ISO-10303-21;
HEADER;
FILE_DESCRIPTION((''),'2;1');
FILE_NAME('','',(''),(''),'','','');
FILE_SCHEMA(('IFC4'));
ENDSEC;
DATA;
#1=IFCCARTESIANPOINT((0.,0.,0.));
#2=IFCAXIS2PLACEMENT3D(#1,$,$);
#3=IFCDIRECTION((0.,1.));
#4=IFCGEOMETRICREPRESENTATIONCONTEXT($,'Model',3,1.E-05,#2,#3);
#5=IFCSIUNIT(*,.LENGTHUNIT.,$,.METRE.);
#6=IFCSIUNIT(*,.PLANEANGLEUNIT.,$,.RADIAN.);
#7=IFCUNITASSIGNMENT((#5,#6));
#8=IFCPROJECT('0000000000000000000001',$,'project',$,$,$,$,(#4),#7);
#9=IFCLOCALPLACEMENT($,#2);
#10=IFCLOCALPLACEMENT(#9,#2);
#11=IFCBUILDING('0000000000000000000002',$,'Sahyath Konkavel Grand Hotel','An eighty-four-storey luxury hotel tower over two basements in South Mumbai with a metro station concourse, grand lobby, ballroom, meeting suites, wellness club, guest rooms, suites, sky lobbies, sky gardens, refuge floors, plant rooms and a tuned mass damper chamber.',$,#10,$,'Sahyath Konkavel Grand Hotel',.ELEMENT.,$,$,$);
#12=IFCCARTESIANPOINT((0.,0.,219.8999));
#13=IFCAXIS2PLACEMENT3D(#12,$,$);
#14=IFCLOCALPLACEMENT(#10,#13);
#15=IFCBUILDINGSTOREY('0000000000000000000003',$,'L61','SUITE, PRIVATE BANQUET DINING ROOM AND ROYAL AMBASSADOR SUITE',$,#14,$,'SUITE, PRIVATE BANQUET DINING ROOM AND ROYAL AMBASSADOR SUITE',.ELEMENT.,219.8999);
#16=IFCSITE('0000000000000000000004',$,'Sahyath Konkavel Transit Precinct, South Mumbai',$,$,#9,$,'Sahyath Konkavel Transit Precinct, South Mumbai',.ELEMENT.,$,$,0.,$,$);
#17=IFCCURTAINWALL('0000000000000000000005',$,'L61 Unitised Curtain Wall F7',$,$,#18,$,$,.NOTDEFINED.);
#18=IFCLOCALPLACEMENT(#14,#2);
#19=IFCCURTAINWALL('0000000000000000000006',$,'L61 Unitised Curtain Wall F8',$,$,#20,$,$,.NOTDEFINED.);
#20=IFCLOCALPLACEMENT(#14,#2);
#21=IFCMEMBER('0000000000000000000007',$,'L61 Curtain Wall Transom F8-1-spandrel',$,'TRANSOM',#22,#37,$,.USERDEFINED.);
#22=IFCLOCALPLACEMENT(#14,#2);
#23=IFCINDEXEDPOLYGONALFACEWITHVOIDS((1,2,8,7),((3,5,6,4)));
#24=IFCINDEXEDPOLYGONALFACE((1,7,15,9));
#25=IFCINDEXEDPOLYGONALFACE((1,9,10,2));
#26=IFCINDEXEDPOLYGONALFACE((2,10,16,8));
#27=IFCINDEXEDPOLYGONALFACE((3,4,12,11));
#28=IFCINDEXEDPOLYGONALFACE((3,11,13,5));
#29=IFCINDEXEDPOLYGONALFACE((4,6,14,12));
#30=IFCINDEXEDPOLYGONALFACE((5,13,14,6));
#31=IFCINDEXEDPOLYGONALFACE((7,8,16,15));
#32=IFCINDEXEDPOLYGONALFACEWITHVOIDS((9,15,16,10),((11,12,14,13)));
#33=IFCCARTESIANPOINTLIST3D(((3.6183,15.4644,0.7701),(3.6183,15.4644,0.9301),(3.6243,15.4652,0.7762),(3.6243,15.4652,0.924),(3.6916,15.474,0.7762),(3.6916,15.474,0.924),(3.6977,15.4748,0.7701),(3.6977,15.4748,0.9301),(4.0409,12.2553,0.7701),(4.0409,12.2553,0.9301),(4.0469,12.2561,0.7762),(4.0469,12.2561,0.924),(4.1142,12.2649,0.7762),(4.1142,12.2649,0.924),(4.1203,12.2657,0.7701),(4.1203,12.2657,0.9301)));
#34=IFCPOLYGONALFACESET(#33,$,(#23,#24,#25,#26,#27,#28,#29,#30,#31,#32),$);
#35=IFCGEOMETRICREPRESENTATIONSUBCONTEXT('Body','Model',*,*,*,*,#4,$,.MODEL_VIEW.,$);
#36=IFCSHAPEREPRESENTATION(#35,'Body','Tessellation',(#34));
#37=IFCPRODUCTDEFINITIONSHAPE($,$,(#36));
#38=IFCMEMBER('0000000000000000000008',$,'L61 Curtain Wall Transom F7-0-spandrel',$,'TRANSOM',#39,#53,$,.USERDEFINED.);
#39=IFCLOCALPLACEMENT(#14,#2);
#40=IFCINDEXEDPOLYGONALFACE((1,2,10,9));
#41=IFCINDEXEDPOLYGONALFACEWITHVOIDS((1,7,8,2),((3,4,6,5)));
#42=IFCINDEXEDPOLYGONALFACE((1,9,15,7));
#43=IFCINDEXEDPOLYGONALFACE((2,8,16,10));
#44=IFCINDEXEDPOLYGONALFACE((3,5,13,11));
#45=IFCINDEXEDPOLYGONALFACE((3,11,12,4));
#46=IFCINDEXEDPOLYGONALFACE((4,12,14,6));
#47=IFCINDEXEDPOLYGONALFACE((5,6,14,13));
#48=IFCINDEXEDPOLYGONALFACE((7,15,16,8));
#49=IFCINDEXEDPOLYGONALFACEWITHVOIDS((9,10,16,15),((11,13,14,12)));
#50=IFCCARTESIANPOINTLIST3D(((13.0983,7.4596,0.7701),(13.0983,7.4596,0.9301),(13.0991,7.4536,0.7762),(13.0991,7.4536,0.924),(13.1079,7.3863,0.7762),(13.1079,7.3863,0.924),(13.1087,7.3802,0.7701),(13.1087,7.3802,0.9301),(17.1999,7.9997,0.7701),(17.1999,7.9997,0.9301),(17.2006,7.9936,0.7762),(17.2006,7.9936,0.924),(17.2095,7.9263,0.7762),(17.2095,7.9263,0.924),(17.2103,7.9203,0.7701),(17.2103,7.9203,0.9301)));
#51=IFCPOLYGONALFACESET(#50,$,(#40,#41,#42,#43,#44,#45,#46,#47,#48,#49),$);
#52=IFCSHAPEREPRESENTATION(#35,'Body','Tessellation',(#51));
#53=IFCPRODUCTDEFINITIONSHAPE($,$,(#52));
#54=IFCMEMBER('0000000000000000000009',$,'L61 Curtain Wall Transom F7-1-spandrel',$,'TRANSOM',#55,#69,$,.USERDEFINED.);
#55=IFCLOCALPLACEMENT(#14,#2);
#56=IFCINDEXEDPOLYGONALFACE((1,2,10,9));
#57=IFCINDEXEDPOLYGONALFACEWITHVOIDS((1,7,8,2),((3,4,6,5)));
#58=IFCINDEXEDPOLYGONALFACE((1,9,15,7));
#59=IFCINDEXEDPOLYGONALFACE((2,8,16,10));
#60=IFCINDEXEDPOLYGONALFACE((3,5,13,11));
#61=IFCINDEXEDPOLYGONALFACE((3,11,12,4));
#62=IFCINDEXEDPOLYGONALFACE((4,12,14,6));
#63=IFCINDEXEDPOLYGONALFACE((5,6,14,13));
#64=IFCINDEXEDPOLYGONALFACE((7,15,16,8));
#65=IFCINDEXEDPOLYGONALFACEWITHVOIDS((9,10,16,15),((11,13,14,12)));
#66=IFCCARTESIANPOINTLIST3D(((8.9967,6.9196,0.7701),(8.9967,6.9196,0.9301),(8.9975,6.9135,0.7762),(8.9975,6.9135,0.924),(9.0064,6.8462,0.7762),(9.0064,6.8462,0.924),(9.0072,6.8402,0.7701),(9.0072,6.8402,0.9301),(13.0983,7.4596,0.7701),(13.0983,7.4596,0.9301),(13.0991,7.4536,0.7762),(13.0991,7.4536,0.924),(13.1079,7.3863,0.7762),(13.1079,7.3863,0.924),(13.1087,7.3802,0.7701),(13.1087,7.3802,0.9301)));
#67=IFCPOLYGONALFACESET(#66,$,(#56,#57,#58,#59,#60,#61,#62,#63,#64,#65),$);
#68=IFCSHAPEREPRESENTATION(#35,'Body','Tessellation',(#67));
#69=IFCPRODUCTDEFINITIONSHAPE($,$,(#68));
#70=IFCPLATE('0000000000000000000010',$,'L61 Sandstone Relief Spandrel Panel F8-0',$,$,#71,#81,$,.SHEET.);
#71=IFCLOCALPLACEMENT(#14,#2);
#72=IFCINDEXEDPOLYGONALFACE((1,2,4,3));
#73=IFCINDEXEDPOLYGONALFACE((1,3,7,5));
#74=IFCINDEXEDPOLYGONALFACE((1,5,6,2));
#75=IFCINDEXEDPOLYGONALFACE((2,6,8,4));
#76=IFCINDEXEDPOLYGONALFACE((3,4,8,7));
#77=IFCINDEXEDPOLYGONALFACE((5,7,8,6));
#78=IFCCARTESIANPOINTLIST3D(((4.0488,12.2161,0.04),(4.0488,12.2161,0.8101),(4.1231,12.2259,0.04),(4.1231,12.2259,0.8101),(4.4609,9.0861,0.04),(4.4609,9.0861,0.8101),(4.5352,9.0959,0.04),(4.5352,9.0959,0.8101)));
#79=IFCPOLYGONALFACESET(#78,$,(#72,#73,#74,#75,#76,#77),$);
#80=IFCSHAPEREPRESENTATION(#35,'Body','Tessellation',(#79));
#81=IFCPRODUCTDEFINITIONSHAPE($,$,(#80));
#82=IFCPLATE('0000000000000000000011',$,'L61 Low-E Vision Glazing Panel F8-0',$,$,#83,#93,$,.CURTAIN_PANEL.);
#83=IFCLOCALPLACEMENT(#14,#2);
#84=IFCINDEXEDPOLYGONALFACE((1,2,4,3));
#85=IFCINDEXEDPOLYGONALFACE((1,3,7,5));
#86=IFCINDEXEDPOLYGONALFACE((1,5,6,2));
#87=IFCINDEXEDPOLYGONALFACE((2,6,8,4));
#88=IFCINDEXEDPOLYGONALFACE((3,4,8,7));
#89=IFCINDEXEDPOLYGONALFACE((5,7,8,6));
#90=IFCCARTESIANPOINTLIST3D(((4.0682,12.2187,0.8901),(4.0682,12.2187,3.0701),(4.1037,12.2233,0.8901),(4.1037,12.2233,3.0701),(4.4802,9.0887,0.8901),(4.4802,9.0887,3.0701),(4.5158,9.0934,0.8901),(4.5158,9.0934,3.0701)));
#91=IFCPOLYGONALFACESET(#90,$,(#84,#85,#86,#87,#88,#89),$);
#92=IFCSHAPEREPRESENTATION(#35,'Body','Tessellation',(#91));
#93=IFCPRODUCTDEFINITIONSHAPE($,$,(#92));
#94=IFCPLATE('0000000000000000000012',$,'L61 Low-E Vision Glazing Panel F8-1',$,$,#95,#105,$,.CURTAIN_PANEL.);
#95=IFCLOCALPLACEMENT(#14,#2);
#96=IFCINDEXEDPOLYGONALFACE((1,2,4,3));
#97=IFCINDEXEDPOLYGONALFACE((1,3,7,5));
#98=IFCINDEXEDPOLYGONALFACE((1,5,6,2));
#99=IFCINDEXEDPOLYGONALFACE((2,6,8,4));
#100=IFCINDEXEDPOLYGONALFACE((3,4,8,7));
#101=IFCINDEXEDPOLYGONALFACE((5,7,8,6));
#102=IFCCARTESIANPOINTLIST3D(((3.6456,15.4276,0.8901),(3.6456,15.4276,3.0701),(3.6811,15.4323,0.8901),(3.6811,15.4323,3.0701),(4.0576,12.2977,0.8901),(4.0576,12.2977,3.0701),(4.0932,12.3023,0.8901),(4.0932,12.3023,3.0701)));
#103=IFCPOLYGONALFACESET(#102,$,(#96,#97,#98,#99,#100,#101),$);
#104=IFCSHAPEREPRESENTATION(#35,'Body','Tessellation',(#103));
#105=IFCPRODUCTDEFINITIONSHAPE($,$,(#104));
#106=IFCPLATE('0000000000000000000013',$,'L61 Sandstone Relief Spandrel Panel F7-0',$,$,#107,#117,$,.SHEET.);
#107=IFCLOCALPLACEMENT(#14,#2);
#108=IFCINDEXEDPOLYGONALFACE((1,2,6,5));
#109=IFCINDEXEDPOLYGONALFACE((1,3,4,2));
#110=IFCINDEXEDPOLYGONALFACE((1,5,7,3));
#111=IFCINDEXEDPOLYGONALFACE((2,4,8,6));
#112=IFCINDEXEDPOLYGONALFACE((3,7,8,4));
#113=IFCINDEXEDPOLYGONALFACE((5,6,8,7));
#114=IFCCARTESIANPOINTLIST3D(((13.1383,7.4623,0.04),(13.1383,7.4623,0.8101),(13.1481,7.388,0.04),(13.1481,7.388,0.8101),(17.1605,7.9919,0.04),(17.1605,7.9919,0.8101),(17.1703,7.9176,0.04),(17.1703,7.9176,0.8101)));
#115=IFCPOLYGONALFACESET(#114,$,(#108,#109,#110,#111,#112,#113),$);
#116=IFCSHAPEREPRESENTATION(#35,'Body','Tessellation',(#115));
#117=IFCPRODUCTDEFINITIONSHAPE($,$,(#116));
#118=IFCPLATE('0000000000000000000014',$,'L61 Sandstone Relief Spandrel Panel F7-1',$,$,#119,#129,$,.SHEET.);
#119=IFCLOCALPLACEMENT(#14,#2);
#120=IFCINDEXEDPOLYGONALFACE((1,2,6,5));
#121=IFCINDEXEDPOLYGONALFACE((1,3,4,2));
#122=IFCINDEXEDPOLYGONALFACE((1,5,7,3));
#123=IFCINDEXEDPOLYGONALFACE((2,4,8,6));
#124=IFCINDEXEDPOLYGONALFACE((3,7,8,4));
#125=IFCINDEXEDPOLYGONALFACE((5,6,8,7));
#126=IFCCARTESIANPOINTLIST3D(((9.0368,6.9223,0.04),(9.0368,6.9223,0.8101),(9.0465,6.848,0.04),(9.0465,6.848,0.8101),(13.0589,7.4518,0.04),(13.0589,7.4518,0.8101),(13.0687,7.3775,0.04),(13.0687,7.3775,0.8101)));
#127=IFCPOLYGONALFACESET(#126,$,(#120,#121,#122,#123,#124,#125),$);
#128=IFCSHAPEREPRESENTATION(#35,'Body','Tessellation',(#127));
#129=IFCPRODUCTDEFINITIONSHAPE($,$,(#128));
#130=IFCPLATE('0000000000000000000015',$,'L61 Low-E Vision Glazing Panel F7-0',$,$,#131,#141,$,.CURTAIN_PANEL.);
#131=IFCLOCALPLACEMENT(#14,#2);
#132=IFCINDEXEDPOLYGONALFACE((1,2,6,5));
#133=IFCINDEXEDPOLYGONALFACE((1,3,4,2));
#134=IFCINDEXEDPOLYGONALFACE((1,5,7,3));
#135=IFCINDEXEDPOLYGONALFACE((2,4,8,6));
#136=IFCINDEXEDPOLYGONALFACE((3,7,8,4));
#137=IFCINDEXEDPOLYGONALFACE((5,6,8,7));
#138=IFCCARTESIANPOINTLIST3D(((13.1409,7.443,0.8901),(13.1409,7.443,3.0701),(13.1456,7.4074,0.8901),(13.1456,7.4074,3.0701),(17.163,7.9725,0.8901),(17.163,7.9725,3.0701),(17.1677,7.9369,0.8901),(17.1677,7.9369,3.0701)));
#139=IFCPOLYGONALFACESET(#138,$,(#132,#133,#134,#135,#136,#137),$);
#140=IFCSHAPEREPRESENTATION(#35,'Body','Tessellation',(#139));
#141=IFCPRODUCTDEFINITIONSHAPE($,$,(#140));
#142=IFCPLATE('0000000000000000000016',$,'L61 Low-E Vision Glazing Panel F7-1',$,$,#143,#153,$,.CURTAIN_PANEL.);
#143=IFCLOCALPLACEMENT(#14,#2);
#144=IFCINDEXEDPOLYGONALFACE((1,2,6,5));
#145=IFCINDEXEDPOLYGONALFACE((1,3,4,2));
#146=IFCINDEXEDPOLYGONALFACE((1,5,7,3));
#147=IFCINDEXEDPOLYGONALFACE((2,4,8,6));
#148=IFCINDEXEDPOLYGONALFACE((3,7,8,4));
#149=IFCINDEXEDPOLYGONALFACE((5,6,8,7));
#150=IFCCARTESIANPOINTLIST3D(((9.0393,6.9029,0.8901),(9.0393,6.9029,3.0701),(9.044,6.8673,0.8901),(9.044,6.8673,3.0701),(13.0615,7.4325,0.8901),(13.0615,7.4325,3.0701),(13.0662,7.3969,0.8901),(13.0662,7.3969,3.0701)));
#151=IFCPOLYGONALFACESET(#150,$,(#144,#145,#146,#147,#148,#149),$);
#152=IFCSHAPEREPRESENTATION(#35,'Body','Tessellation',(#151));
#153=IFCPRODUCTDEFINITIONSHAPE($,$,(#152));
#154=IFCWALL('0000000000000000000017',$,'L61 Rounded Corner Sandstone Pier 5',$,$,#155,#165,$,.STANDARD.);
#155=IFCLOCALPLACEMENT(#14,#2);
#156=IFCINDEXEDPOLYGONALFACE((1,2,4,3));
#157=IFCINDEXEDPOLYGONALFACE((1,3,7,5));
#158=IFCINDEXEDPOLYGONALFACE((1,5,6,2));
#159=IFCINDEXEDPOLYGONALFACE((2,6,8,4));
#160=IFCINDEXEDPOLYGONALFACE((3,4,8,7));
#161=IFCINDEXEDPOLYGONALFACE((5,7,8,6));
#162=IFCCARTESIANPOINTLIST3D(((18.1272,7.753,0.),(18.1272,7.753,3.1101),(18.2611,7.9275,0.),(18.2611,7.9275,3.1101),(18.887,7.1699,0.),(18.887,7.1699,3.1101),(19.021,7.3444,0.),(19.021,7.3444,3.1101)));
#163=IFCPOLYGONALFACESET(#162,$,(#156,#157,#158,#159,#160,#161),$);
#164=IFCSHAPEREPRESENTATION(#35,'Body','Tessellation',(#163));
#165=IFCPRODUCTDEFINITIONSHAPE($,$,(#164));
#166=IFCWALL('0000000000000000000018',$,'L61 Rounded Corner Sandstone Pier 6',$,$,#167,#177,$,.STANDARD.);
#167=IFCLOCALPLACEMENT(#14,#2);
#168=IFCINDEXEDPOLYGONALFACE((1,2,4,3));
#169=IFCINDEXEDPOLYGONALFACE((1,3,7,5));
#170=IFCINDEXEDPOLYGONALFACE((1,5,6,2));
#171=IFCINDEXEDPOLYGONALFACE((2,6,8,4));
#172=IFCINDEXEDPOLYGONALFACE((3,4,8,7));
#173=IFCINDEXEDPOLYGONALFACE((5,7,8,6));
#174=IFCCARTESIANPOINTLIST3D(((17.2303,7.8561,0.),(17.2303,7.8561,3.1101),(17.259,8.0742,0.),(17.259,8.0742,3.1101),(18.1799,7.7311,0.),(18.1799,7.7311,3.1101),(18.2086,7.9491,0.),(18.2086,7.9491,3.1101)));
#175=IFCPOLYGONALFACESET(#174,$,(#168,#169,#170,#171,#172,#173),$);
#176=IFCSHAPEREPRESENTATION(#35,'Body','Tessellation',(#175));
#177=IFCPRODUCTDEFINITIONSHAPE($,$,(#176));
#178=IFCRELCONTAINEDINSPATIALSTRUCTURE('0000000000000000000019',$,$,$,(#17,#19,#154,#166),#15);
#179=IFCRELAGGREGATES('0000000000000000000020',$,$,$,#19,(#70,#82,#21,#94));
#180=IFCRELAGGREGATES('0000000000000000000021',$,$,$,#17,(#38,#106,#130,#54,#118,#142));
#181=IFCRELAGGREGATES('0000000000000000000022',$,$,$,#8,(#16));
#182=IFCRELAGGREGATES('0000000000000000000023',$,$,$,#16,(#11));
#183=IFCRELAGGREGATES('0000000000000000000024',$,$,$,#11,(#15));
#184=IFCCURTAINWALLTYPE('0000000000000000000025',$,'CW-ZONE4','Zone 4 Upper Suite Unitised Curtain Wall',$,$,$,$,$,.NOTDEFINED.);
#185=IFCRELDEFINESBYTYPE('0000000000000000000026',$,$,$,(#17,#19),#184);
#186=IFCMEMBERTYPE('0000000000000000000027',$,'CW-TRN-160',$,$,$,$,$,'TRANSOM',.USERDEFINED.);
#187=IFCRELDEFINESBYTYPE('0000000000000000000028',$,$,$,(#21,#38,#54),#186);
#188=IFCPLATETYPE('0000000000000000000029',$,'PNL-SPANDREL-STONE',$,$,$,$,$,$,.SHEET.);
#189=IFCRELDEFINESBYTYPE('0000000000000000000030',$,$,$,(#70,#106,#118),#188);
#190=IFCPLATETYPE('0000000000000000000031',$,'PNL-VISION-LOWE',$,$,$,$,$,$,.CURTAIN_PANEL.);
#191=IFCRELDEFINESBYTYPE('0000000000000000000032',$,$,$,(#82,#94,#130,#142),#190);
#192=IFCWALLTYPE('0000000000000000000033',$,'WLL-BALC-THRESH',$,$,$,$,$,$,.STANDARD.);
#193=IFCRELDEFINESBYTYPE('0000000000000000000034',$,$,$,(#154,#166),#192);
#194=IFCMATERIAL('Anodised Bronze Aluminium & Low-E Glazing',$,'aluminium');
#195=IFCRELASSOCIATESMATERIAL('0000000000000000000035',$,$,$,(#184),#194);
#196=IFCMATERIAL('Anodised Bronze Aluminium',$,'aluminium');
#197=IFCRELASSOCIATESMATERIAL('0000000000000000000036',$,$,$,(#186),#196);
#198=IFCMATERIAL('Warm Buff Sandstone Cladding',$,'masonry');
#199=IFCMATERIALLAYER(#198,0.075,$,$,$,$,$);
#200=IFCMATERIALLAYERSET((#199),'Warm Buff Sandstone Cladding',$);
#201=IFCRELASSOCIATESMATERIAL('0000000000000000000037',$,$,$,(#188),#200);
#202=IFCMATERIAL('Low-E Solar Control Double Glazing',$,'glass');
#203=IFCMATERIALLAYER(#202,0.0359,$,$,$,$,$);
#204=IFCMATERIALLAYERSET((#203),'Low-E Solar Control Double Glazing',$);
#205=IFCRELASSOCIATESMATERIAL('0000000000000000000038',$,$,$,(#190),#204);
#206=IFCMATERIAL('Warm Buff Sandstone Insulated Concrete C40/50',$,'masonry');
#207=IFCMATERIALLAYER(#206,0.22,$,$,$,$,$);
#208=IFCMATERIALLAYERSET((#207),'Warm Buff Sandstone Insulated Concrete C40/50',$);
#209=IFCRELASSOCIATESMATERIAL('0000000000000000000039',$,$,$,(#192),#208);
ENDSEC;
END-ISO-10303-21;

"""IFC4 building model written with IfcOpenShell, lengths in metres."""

from ifc_helpers import new_model, si_unit, direction, frame, frame_2d, origin, origin_2d, place, context, subcontext, project, spatial, rectangle, hollow_rectangle, extrude, source, transform, mapped, material, layer, layer_set, material_profile, profile_set, type_object, element, aggregate, save


model = new_model("IFC4")

# Units and contexts
model_context = context("Model", 3, precision=1e-05, world=origin(), true_north=direction((0.0, 1.0)))
body_context = subcontext(model_context, "Body", "Model", "MODEL_VIEW")
ifc_project = project(units=[si_unit("LENGTHUNIT", "METRE"), si_unit("PLANEANGLEUNIT", "RADIAN")], contexts=[model_context])

# Site, building, storey
site_placement = place(None, origin())
site = spatial("IfcSite", under=ifc_project, at=site_placement, Name="Sahyath Konkavel Transit Precinct, South Mumbai", LongName="Sahyath Konkavel Transit Precinct, South Mumbai", CompositionType="ELEMENT", RefElevation=0.0)
building_placement = place(site_placement, origin())
building = spatial("IfcBuilding", under=site, at=building_placement, Name="Sahyath Konkavel Grand Hotel", Description="An eighty-four-storey luxury hotel tower over two basements in South Mumbai with a metro station concourse, grand lobby, ballroom, meeting suites, wellness club, guest rooms, suites, sky lobbies, sky gardens, refuge floors, plant rooms and a tuned mass damper chamber.", LongName="Sahyath Konkavel Grand Hotel", CompositionType="ELEMENT")
storey_placement = place(building_placement, frame((0.0, 0.0, 219.8999)))
storey = spatial("IfcBuildingStorey", under=building, at=storey_placement, Name="L61", Description="SUITE, PRIVATE BANQUET DINING ROOM AND ROYAL AMBASSADOR SUITE", LongName="SUITE, PRIVATE BANQUET DINING ROOM AND ROYAL AMBASSADOR SUITE", CompositionType="ELEMENT", Elevation=219.8999)

# Curtain walls
ifc_material_1 = material(Name="Anodised Bronze Aluminium & Low-E Glazing", Category="aluminium")
curtain_wall_type = type_object("IfcCurtainWallType", Name="CW-ZONE4", Description="Zone 4 Upper Suite Unitised Curtain Wall", PredefinedType="NOTDEFINED", material=ifc_material_1)
curtain_wall_1_placement = place(storey_placement, origin())
curtain_wall_1 = element("IfcCurtainWall", 1, at=curtain_wall_1_placement, inside=storey, type_object=curtain_wall_type, Name="L61 Unitised Curtain Wall F7", PredefinedType="NOTDEFINED")
curtain_wall_2_placement = place(storey_placement, origin())
curtain_wall_2 = element("IfcCurtainWall", 2, at=curtain_wall_2_placement, inside=storey, type_object=curtain_wall_type, Name="L61 Unitised Curtain Wall F8", PredefinedType="NOTDEFINED")
ifc_material_2 = material(Name="Anodised Bronze Aluminium", Category="aluminium")

# Members
ifc_material_profile_1 = material_profile(ifc_material_2, hollow_rectangle(XDim=0.0801, YDim=0.1599, WallThickness=0.0061, at=origin_2d()), Name="RHS 160x80x6")
ifc_profile_set_1 = profile_set([ifc_material_profile_1], Name="Anodised Bronze Aluminium")
member_type_1 = type_object("IfcMemberType", Name="CW-TRN-160", ElementType="TRANSOM", PredefinedType="USERDEFINED", material=ifc_profile_set_1)
shared_shape_1 = source(origin(), body_context, "Body", "SweptSolid", [
    extrude(hollow_rectangle(XDim=0.0801, YDim=0.1599, WallThickness=0.0061, at=origin_2d()), origin(), (0.0, 0.0, 1.0), 3.2368),
])
member_1_placement = place(storey_placement, frame((4.0806, 12.2605, 0.8501), z_axis=(-0.130558, 0.991441, 0.0), x_axis=(-0.991441, -0.130558, 0.0)))
member_1 = element("IfcMember", 3, at=member_1_placement, type_object=member_type_1, Name="L61 Curtain Wall Transom F8-1-spandrel", ObjectType="TRANSOM", PredefinedType="USERDEFINED", context=body_context, shape_type="MappedRepresentation", body=[
    mapped(shared_shape_1, transform((0.0, 0.0, 0.0), scale=1.0)),
])
shared_shape_2 = source(origin(), body_context, "Body", "SweptSolid", [
    extrude(hollow_rectangle(XDim=0.0801, YDim=0.1599, WallThickness=0.0061, at=origin_2d()), origin(), (0.0, 0.0, 1.0), 4.137),
])
member_2_placement = place(storey_placement, frame((17.2051, 7.96, 0.8501), z_axis=(-0.991443, -0.13054, 0.0), x_axis=(0.13054, -0.991443, 0.0)))
member_2 = element("IfcMember", 4, at=member_2_placement, type_object=member_type_1, Name="L61 Curtain Wall Transom F7-0-spandrel", ObjectType="TRANSOM", PredefinedType="USERDEFINED", context=body_context, shape_type="MappedRepresentation", body=[
    mapped(shared_shape_2, transform((0.0, 0.0, 0.0), scale=1.0)),
])
member_3_placement = place(storey_placement, frame((13.1035, 7.4199, 0.8501), z_axis=(-0.991443, -0.13054, 0.0), x_axis=(0.13054, -0.991443, 0.0)))
member_3 = element("IfcMember", 5, at=member_3_placement, type_object=member_type_1, Name="L61 Curtain Wall Transom F7-1-spandrel", ObjectType="TRANSOM", PredefinedType="USERDEFINED", context=body_context, shape_type="MappedRepresentation", body=[
    mapped(shared_shape_2, transform((0.0, 0.0, 0.0), scale=1.0)),
])

# Plates
ifc_material_3 = material(Name="Warm Buff Sandstone Cladding", Category="masonry")
ifc_layer_1 = layer(ifc_material_3, 0.075)
ifc_layer_set_1 = layer_set([ifc_layer_1], Name="Warm Buff Sandstone Cladding")
plate_type_1 = type_object("IfcPlateType", Name="PNL-SPANDREL-STONE", PredefinedType="SHEET", material=ifc_layer_set_1)
shared_shape_3 = source(origin(), body_context, "Body", "SweptSolid", [
    extrude(rectangle(XDim=3.157, YDim=0.075, at=origin_2d()), origin(), (0.0, 0.0, 1.0), 0.77),
])
plate_1_placement = place(storey_placement, frame((4.292, 10.656, 0.04), z_axis=(0.0, 0.0, 1.0), x_axis=(-0.130526, 0.991445, 0.0)))
plate_1 = element("IfcPlate", 6, at=plate_1_placement, type_object=plate_type_1, Name="L61 Sandstone Relief Spandrel Panel F8-0", PredefinedType="SHEET", context=body_context, shape_type="MappedRepresentation", body=[
    mapped(shared_shape_3, transform((0.0, 0.0, 0.0), scale=1.0)),
])
ifc_material_4 = material(Name="Low-E Solar Control Double Glazing", Category="glass")
ifc_layer_2 = layer(ifc_material_4, 0.0359)
ifc_layer_set_2 = layer_set([ifc_layer_2], Name="Low-E Solar Control Double Glazing")
plate_type_2 = type_object("IfcPlateType", Name="PNL-VISION-LOWE", PredefinedType="CURTAIN_PANEL", material=ifc_layer_set_2)
shared_shape_4 = source(origin(), body_context, "Body", "SweptSolid", [
    extrude(rectangle(XDim=3.157, YDim=0.0359, at=origin_2d()), origin(), (0.0, 0.0, 1.0), 2.1799),
])
plate_2_placement = place(storey_placement, frame((4.292, 10.656, 0.8901), z_axis=(0.0, 0.0, 1.0), x_axis=(-0.130526, 0.991445, 0.0)))
plate_2 = element("IfcPlate", 7, at=plate_2_placement, type_object=plate_type_2, Name="L61 Low-E Vision Glazing Panel F8-0", PredefinedType="CURTAIN_PANEL", context=body_context, shape_type="MappedRepresentation", body=[
    mapped(shared_shape_4, transform((0.0, 0.0, 0.0), scale=1.0)),
])
plate_3_placement = place(storey_placement, frame((3.8694, 13.865, 0.8901), z_axis=(0.0, 0.0, 1.0), x_axis=(-0.130526, 0.991445, 0.0)))
plate_3 = element("IfcPlate", 8, at=plate_3_placement, type_object=plate_type_2, Name="L61 Low-E Vision Glazing Panel F8-1", PredefinedType="CURTAIN_PANEL", context=body_context, shape_type="MappedRepresentation", body=[
    mapped(shared_shape_4, transform((0.0, 0.0, 0.0), scale=1.0)),
])
aggregate(curtain_wall_2, [plate_1, plate_2, member_1, plate_3])
shared_shape_5 = source(origin(), body_context, "Body", "SweptSolid", [
    extrude(rectangle(XDim=4.0569, YDim=0.075, at=origin_2d()), origin(), (0.0, 0.0, 1.0), 0.77),
])
plate_4_placement = place(storey_placement, frame((15.1543, 7.6899, 0.04), z_axis=(0.0, 0.0, 1.0), x_axis=(-0.991445, -0.130526, 0.0)))
plate_4 = element("IfcPlate", 9, at=plate_4_placement, type_object=plate_type_1, Name="L61 Sandstone Relief Spandrel Panel F7-0", PredefinedType="SHEET", context=body_context, shape_type="MappedRepresentation", body=[
    mapped(shared_shape_5, transform((0.0, 0.0, 0.0), scale=1.0)),
])
plate_5_placement = place(storey_placement, frame((11.0527, 7.1499, 0.04), z_axis=(0.0, 0.0, 1.0), x_axis=(-0.991445, -0.130526, 0.0)))
plate_5 = element("IfcPlate", 10, at=plate_5_placement, type_object=plate_type_1, Name="L61 Sandstone Relief Spandrel Panel F7-1", PredefinedType="SHEET", context=body_context, shape_type="MappedRepresentation", body=[
    mapped(shared_shape_5, transform((0.0, 0.0, 0.0), scale=1.0)),
])
shared_shape_6 = source(origin(), body_context, "Body", "SweptSolid", [
    extrude(rectangle(XDim=4.0569, YDim=0.0359, at=origin_2d()), origin(), (0.0, 0.0, 1.0), 2.1799),
])
plate_6_placement = place(storey_placement, frame((15.1543, 7.6899, 0.8901), z_axis=(0.0, 0.0, 1.0), x_axis=(-0.991445, -0.130526, 0.0)))
plate_6 = element("IfcPlate", 11, at=plate_6_placement, type_object=plate_type_2, Name="L61 Low-E Vision Glazing Panel F7-0", PredefinedType="CURTAIN_PANEL", context=body_context, shape_type="MappedRepresentation", body=[
    mapped(shared_shape_6, transform((0.0, 0.0, 0.0), scale=1.0)),
])
plate_7_placement = place(storey_placement, frame((11.0527, 7.1499, 0.8901), z_axis=(0.0, 0.0, 1.0), x_axis=(-0.991445, -0.130526, 0.0)))
plate_7 = element("IfcPlate", 12, at=plate_7_placement, type_object=plate_type_2, Name="L61 Low-E Vision Glazing Panel F7-1", PredefinedType="CURTAIN_PANEL", context=body_context, shape_type="MappedRepresentation", body=[
    mapped(shared_shape_6, transform((0.0, 0.0, 0.0), scale=1.0)),
])
aggregate(curtain_wall_1, [member_2, plate_4, plate_6, member_3, plate_5, plate_7])

# Walls
ifc_material_5 = material(Name="Warm Buff Sandstone Insulated Concrete C40/50", Category="masonry")
ifc_layer_3 = layer(ifc_material_5, 0.22)
ifc_layer_set_3 = layer_set([ifc_layer_3], Name="Warm Buff Sandstone Insulated Concrete C40/50")
wall_type_1 = type_object("IfcWallType", Name="WLL-BALC-THRESH", PredefinedType="STANDARD", material=ifc_layer_set_3)
for number, where, z_axis, x_axis, name in (
    (13, (18.9541, 7.2571, 0.0), (0.0, 0.0, 1.0), (-0.793344, 0.608774, 0.0), "L61 Rounded Corner Sandstone Pier 5"),
    (14, (18.1943, 7.8401, 0.0), (0.0, 0.0, 1.0), (-0.991445, 0.130527, 0.0), "L61 Rounded Corner Sandstone Pier 6"),
):
    element("IfcWall", number, at=place(storey_placement, frame(where, z_axis=z_axis, x_axis=x_axis)), inside=storey, type_object=wall_type_1, Name=name, PredefinedType="STANDARD", context=body_context, shape_type="SweptSolid", body=[
        extrude(rectangle(XDim=0.9578, YDim=0.22, at=frame_2d((0.479, 0.0))), origin(), (0.0, 0.0, 1.0), 3.1101),
    ])

save(model, "model.ifc")
